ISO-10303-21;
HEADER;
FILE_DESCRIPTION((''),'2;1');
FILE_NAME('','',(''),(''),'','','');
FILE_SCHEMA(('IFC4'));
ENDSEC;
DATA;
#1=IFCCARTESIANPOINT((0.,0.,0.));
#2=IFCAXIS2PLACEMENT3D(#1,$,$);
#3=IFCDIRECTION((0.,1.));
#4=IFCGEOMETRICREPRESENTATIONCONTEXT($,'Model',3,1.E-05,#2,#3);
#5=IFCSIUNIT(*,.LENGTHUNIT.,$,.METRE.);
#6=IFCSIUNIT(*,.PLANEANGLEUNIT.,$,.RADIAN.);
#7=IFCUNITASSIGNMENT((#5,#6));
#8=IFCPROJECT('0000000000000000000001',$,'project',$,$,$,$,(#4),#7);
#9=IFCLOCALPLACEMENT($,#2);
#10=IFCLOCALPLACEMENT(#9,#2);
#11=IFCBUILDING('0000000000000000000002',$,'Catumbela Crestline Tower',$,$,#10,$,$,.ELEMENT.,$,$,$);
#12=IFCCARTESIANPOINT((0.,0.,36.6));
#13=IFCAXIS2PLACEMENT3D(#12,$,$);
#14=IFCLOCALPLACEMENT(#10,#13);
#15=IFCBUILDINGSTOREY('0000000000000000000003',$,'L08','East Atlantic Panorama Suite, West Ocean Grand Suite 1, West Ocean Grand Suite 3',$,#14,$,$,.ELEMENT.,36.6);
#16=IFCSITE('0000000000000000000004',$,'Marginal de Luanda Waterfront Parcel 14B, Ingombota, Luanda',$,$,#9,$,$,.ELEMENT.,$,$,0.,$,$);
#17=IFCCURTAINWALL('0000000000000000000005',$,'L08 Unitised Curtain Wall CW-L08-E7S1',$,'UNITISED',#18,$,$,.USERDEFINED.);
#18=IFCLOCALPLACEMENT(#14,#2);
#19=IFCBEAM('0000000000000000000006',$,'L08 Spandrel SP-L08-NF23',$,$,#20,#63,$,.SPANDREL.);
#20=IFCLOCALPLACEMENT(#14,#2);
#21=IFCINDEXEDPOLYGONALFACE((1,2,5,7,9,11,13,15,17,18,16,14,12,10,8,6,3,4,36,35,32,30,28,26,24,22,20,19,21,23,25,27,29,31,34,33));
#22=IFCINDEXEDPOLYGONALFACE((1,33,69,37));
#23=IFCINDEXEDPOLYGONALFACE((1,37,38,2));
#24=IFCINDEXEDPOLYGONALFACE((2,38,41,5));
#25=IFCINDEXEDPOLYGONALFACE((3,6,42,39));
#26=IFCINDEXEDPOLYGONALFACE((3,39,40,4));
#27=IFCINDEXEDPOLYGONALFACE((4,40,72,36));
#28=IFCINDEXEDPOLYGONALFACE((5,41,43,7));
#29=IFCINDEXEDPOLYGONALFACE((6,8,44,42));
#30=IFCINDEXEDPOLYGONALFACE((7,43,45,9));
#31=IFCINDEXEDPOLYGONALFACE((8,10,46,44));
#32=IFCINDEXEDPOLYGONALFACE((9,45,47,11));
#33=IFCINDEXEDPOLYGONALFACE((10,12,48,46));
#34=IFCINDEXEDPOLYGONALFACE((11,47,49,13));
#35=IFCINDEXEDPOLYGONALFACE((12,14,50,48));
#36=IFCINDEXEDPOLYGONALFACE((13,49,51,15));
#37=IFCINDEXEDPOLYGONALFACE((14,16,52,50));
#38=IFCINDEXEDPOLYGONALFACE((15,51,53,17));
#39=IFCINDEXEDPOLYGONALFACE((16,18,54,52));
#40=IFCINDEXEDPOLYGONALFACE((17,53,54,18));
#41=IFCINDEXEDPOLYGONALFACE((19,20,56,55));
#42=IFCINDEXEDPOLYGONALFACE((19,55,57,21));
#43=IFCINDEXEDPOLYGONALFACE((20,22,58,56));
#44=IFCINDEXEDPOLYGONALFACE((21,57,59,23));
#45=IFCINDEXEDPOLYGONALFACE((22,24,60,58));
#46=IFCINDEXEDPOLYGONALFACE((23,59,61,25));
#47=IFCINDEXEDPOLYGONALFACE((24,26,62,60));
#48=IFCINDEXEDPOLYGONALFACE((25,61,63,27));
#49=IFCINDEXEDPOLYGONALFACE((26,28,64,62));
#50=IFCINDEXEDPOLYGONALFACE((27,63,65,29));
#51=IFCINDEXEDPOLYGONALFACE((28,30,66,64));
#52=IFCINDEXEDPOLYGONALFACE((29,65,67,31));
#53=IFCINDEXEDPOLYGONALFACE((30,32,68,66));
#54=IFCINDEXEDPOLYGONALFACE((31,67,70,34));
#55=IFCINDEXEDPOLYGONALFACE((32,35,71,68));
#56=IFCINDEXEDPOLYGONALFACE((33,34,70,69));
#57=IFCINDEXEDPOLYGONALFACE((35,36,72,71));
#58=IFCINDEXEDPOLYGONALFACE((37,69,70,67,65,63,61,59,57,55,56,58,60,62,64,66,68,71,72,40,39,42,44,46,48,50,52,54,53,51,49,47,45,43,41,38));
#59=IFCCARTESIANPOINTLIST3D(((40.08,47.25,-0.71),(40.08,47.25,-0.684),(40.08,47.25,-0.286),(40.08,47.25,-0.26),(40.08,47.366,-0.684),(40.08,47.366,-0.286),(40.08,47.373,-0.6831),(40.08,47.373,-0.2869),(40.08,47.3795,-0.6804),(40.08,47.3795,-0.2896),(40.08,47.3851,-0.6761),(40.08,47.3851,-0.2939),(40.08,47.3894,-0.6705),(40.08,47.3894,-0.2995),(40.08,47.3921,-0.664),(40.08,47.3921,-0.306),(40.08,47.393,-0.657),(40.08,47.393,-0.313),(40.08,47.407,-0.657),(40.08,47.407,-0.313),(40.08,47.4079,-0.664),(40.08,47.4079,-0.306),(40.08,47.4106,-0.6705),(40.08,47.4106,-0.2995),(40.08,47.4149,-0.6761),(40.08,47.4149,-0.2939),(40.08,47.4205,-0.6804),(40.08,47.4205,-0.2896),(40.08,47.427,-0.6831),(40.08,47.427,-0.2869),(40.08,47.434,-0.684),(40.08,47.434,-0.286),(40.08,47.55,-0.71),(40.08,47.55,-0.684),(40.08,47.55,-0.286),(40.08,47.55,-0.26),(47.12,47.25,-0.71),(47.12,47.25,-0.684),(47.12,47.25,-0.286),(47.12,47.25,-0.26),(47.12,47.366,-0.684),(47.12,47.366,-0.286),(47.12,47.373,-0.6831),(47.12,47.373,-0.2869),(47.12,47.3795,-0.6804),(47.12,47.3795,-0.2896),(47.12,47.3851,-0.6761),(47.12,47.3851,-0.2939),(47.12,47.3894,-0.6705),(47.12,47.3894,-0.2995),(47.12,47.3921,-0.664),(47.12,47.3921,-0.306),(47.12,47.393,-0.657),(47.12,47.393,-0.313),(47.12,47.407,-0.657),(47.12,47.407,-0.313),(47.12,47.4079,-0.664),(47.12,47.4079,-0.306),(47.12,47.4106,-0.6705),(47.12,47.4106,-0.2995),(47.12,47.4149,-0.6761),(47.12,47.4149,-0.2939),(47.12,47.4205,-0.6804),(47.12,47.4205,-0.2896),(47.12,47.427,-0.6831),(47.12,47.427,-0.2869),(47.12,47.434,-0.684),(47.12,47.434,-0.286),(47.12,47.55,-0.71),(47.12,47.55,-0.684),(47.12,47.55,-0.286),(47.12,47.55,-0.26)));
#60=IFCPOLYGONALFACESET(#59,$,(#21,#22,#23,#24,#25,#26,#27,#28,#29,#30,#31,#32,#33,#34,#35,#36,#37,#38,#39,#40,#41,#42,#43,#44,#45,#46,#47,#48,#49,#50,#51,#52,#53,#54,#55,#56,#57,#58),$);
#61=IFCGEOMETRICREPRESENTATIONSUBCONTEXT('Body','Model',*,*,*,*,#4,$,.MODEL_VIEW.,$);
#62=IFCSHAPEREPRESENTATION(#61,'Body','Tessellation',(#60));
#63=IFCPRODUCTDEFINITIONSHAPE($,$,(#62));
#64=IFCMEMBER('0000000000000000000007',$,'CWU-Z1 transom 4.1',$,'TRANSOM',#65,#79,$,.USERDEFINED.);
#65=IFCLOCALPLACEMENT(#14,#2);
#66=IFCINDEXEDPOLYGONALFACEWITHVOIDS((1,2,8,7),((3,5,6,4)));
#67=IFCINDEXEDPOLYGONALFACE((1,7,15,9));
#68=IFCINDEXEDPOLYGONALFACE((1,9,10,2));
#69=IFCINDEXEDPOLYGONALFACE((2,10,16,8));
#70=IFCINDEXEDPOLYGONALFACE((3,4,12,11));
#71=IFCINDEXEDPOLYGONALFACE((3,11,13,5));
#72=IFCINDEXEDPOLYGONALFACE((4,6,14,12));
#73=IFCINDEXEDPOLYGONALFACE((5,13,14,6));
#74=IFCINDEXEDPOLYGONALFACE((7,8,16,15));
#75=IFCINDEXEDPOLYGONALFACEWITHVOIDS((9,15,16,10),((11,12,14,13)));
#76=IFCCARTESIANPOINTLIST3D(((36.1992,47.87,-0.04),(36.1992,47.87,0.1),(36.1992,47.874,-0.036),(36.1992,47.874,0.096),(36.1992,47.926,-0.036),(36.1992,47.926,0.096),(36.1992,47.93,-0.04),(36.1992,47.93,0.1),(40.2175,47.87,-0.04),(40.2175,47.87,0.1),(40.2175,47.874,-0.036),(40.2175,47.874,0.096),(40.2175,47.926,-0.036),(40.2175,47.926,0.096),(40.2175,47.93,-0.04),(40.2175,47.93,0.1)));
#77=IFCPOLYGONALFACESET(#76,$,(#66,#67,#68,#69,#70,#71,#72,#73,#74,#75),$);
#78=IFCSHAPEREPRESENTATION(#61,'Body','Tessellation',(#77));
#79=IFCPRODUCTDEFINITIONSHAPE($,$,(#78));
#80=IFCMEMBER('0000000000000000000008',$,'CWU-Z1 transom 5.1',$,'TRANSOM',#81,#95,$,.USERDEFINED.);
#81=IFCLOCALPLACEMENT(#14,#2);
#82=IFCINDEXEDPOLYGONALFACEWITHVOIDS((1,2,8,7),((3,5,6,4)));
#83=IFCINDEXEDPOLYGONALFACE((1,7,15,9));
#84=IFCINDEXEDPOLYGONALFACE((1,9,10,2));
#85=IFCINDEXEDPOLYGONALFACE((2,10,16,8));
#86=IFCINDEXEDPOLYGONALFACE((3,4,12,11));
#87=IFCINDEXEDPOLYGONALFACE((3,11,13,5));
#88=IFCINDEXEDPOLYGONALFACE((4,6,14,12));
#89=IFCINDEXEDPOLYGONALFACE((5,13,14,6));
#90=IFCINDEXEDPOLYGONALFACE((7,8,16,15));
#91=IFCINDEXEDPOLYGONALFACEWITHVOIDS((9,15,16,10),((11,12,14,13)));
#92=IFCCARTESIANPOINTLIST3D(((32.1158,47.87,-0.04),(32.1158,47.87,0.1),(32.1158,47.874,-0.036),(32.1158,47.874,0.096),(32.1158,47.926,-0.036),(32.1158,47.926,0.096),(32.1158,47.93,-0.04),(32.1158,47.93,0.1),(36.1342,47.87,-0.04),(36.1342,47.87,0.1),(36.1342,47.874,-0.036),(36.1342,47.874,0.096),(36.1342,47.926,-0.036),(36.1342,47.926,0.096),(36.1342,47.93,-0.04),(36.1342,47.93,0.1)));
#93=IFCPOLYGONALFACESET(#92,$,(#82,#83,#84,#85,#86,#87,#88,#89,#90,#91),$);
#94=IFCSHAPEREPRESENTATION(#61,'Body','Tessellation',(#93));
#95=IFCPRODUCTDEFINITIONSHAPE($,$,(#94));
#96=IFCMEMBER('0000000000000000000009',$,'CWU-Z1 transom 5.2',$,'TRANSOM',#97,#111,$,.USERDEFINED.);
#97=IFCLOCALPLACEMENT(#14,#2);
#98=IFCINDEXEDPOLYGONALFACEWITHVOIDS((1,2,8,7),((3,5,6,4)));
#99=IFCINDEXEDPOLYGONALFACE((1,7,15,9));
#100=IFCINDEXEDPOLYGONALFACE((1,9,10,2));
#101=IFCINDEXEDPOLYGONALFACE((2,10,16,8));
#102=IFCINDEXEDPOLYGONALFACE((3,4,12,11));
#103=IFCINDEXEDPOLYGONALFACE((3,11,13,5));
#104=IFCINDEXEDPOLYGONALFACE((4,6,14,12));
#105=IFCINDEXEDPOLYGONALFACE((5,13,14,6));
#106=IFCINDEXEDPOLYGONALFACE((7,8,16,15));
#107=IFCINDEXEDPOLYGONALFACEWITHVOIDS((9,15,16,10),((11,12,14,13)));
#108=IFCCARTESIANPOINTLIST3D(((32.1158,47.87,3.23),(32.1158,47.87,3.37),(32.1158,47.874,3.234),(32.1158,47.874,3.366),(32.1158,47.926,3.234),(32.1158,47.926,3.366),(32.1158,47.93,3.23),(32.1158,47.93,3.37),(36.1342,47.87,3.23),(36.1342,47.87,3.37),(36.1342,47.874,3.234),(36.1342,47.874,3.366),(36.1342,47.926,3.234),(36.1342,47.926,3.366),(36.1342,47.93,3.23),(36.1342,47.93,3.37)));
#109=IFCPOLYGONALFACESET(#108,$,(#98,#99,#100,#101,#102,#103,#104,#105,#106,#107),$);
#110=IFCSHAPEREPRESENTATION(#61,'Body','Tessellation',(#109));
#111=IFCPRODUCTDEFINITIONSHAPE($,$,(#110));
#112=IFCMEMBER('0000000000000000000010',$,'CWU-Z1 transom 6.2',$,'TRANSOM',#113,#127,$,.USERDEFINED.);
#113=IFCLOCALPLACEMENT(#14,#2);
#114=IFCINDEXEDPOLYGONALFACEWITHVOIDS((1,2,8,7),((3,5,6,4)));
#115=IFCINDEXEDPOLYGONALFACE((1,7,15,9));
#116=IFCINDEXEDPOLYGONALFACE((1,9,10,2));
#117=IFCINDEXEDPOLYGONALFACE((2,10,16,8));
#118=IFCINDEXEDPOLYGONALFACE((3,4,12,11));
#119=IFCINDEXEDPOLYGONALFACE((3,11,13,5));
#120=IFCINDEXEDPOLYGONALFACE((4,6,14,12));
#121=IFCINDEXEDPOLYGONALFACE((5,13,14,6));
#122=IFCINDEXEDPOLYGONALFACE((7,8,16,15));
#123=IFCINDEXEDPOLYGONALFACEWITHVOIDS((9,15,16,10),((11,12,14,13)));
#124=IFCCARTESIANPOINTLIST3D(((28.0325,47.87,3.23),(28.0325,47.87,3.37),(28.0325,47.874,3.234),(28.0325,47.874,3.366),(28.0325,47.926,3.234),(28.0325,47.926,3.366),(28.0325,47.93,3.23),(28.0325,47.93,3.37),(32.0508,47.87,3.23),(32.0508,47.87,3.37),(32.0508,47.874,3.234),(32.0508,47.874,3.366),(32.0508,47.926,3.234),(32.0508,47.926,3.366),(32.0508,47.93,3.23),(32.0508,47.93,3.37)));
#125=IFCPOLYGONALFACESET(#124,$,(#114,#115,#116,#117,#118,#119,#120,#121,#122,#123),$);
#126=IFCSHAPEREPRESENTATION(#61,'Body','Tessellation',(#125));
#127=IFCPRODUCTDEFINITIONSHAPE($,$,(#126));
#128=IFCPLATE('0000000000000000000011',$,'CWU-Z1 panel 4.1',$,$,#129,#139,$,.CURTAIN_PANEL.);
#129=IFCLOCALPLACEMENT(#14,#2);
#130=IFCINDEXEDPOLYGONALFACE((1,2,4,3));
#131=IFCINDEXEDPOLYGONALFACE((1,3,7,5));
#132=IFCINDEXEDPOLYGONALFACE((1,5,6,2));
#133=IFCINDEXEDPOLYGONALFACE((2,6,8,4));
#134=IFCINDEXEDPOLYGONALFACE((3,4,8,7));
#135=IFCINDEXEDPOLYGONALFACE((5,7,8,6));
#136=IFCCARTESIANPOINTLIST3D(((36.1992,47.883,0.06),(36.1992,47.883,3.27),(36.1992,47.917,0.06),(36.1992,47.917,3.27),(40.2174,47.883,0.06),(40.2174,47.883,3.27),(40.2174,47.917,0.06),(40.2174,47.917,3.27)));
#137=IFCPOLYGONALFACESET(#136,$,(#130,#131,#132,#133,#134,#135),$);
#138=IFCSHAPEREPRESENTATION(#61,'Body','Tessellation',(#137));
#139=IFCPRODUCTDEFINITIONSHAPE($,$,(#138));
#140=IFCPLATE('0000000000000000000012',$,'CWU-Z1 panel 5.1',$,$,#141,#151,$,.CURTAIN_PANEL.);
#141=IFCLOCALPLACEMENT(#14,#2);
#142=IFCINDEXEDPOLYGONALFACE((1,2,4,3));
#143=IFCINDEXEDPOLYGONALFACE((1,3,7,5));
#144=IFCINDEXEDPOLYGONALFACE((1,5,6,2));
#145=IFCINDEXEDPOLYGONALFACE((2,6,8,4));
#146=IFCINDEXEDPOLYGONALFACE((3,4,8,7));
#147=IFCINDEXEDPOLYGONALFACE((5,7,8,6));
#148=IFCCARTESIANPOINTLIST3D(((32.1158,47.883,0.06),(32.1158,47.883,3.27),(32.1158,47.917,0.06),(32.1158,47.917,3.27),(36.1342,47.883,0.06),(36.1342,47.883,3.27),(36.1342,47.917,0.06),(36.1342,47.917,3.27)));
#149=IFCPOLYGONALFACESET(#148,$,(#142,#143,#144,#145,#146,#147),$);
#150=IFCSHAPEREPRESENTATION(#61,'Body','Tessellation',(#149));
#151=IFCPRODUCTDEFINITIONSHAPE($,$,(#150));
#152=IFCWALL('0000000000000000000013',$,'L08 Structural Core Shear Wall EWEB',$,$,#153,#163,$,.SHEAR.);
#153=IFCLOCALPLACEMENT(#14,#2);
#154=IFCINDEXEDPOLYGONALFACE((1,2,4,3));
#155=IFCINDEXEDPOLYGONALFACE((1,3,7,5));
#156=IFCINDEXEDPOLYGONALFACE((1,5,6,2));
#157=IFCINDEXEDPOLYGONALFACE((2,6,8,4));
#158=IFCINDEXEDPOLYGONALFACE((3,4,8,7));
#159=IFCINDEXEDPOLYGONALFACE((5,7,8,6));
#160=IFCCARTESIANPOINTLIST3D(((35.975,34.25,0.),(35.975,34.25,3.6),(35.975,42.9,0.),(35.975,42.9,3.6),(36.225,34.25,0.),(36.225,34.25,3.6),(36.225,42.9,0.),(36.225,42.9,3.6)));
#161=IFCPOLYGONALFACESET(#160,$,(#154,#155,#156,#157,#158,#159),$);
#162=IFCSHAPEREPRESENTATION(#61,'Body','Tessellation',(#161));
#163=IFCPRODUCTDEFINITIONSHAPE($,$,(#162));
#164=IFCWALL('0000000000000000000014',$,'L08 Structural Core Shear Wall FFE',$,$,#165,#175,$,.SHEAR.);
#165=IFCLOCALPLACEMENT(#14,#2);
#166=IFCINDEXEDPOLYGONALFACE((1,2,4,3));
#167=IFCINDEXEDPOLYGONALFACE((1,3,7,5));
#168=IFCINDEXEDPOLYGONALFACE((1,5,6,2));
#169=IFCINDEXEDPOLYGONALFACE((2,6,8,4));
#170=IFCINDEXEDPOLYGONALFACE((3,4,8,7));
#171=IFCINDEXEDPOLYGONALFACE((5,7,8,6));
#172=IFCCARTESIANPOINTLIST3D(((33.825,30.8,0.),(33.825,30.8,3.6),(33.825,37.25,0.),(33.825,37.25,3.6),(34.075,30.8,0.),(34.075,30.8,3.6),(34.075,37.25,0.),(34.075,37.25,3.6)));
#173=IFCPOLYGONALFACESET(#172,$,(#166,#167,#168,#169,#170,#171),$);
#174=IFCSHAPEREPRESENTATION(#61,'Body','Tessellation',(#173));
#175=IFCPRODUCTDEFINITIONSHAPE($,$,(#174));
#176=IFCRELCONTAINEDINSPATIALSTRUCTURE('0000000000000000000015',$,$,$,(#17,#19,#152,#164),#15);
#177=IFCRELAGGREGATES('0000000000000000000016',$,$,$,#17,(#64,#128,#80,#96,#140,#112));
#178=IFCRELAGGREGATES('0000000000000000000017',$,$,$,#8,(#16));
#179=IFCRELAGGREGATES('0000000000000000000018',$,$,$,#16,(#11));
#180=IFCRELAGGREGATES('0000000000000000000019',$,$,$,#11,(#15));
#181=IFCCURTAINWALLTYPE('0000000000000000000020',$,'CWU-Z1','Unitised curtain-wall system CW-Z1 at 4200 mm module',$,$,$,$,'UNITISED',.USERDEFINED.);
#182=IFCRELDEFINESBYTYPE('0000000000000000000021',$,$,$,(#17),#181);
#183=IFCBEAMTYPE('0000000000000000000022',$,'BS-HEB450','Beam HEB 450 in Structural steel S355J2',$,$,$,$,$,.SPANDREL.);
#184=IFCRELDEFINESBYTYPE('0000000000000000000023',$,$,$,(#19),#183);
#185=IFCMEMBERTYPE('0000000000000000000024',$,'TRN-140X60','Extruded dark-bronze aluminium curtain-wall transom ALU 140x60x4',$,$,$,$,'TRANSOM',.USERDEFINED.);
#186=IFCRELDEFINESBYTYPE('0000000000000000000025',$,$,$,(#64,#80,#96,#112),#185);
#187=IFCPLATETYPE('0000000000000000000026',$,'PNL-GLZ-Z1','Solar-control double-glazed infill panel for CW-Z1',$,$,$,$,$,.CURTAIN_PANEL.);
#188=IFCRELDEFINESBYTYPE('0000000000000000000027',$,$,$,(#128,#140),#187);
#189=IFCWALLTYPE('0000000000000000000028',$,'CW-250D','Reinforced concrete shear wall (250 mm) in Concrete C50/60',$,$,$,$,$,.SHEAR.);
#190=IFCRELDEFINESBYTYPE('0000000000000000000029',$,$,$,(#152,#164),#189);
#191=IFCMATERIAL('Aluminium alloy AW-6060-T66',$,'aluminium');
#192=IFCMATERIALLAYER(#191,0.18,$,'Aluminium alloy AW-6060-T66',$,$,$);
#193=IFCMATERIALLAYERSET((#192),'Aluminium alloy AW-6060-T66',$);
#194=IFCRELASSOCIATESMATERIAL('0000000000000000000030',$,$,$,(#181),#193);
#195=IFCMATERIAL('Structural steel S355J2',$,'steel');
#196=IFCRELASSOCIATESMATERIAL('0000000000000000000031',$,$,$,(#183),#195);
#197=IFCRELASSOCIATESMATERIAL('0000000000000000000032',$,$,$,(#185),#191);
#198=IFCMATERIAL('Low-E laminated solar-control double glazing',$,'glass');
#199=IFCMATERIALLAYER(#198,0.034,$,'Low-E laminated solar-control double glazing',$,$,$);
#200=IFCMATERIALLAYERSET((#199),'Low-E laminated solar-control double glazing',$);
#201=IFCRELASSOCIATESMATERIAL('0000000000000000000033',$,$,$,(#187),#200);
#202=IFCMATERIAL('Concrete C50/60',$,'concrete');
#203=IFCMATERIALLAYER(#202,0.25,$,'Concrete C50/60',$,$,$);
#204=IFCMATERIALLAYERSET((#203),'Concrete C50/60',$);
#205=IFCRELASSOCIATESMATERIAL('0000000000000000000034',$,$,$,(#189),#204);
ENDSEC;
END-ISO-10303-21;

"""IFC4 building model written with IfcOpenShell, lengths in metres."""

from ifc_helpers import new_model, si_unit, direction, frame, frame_2d, origin, origin_2d, place, context, subcontext, project, spatial, rectangle, hollow_rectangle, i_section, extrude, material, layer, layer_set, material_profile, profile_set, type_object, element, aggregate, save


model = new_model("IFC4")

# Units and contexts
model_context = context("Model", 3, precision=1e-05, world=origin(), true_north=direction((0.0, 1.0)))
body_context = subcontext(model_context, "Body", "Model", "MODEL_VIEW")
ifc_project = project(units=[si_unit("LENGTHUNIT", "METRE"), si_unit("PLANEANGLEUNIT", "RADIAN")], contexts=[model_context])

# Site, building, storey
site_placement = place(None, origin())
site = spatial("IfcSite", under=ifc_project, at=site_placement, Name="Marginal de Luanda Waterfront Parcel 14B, Ingombota, Luanda", CompositionType="ELEMENT", RefElevation=0.0)
building_placement = place(site_placement, origin())
building = spatial("IfcBuilding", under=site, at=building_placement, Name="Catumbela Crestline Tower", CompositionType="ELEMENT")
storey_placement = place(building_placement, frame((0.0, 0.0, 36.6)))
storey = spatial("IfcBuildingStorey", under=building, at=storey_placement, Name="L08", Description="East Atlantic Panorama Suite, West Ocean Grand Suite 1, West Ocean Grand Suite 3", CompositionType="ELEMENT", Elevation=36.6)

# Shared definitions
ifc_material_1 = material(Name="Structural steel S355J2", Category="steel")

# Curtain wall
ifc_material_2 = material(Name="Aluminium alloy AW-6060-T66", Category="aluminium")
ifc_layer_1 = layer(ifc_material_2, 0.18, Name="Aluminium alloy AW-6060-T66")
ifc_layer_set_1 = layer_set([ifc_layer_1], Name="Aluminium alloy AW-6060-T66")
curtain_wall_type = type_object("IfcCurtainWallType", Name="CWU-Z1", Description="Unitised curtain-wall system CW-Z1 at 4200 mm module", ElementType="UNITISED", PredefinedType="USERDEFINED", material=ifc_layer_set_1)
curtain_wall_placement = place(storey_placement, origin())
curtain_wall = element("IfcCurtainWall", 1, at=curtain_wall_placement, inside=storey, type_object=curtain_wall_type, Name="L08 Unitised Curtain Wall CW-L08-E7S1", ObjectType="UNITISED", PredefinedType="USERDEFINED")

# Beam
ifc_material_profile_1 = material_profile(ifc_material_1, i_section(OverallWidth=0.3, OverallDepth=0.45, WebThickness=0.014, FlangeThickness=0.026, FilletRadius=0.027, at=origin_2d()), Name="HEB 450")
ifc_profile_set_1 = profile_set([ifc_material_profile_1], Name="Structural steel S355J2")
beam_type_1 = type_object("IfcBeamType", Name="BS-HEB450", Description="Beam HEB 450 in Structural steel S355J2", PredefinedType="SPANDREL", material=ifc_profile_set_1)
beam_1_placement = place(storey_placement, frame((40.08, 47.4, -0.485), z_axis=(1.0, 0.0, 0.0), x_axis=(0.0, 1.0, 0.0)))
element("IfcBeam", 2, at=beam_1_placement, inside=storey, type_object=beam_type_1, Name="L08 Spandrel SP-L08-NF23", PredefinedType="SPANDREL", context=body_context, shape_type="SweptSolid", body=[
    extrude(i_section(OverallWidth=0.3, OverallDepth=0.45, WebThickness=0.014, FlangeThickness=0.026, FilletRadius=0.027, at=origin_2d()), origin(), (0.0, 0.0, 1.0), 7.04),
])

# Members
ifc_material_profile_2 = material_profile(ifc_material_2, hollow_rectangle(XDim=0.06, YDim=0.14, WallThickness=0.004, at=origin_2d()), Name="ALU 140x60x4")
ifc_profile_set_2 = profile_set([ifc_material_profile_2], Name="Aluminium alloy AW-6060-T66")
member_type_1 = type_object("IfcMemberType", Name="TRN-140X60", Description="Extruded dark-bronze aluminium curtain-wall transom ALU 140x60x4", ElementType="TRANSOM", PredefinedType="USERDEFINED", material=ifc_profile_set_2)
member_1_placement = place(storey_placement, frame((40.2175, 47.9, 0.03), z_axis=(-1.0, 0.0, 0.0), x_axis=(0.0, -1.0, 0.0)))
member_1 = element("IfcMember", 3, at=member_1_placement, type_object=member_type_1, Name="CWU-Z1 transom 4.1", ObjectType="TRANSOM", PredefinedType="USERDEFINED", context=body_context, shape_type="SweptSolid", body=[
    extrude(hollow_rectangle(XDim=0.06, YDim=0.14, WallThickness=0.004, at=origin_2d()), origin(), (0.0, 0.0, 1.0), 4.0183),
])
member_2_placement = place(storey_placement, frame((36.1342, 47.9, 0.03), z_axis=(-1.0, 0.0, 0.0), x_axis=(0.0, -1.0, 0.0)))
member_2 = element("IfcMember", 4, at=member_2_placement, type_object=member_type_1, Name="CWU-Z1 transom 5.1", ObjectType="TRANSOM", PredefinedType="USERDEFINED", context=body_context, shape_type="SweptSolid", body=[
    extrude(hollow_rectangle(XDim=0.06, YDim=0.14, WallThickness=0.004, at=origin_2d()), origin(), (0.0, 0.0, 1.0), 4.0184),
])
member_3_placement = place(storey_placement, frame((36.1342, 47.9, 3.3), z_axis=(-1.0, 0.0, 0.0), x_axis=(0.0, -1.0, 0.0)))
member_3 = element("IfcMember", 5, at=member_3_placement, type_object=member_type_1, Name="CWU-Z1 transom 5.2", ObjectType="TRANSOM", PredefinedType="USERDEFINED", context=body_context, shape_type="SweptSolid", body=[
    extrude(hollow_rectangle(XDim=0.06, YDim=0.14, WallThickness=0.004, at=origin_2d()), origin(), (0.0, 0.0, 1.0), 4.0184),
])
member_4_placement = place(storey_placement, frame((32.0508, 47.9, 3.3), z_axis=(-1.0, 0.0, 0.0), x_axis=(0.0, -1.0, 0.0)))
member_4 = element("IfcMember", 6, at=member_4_placement, type_object=member_type_1, Name="CWU-Z1 transom 6.2", ObjectType="TRANSOM", PredefinedType="USERDEFINED", context=body_context, shape_type="SweptSolid", body=[
    extrude(hollow_rectangle(XDim=0.06, YDim=0.14, WallThickness=0.004, at=origin_2d()), origin(), (0.0, 0.0, 1.0), 4.0183),
])

# Plates
ifc_material_3 = material(Name="Low-E laminated solar-control double glazing", Category="glass")
ifc_layer_2 = layer(ifc_material_3, 0.034, Name="Low-E laminated solar-control double glazing")
ifc_layer_set_2 = layer_set([ifc_layer_2], Name="Low-E laminated solar-control double glazing")
plate_type = type_object("IfcPlateType", Name="PNL-GLZ-Z1", Description="Solar-control double-glazed infill panel for CW-Z1", PredefinedType="CURTAIN_PANEL", material=ifc_layer_set_2)
plate_1_placement = place(storey_placement, frame((38.2083, 47.9, 0.06), z_axis=(0.0, 0.0, 1.0), x_axis=(-1.0, 0.0, 0.0)))
plate_1 = element("IfcPlate", 7, at=plate_1_placement, type_object=plate_type, Name="CWU-Z1 panel 4.1", PredefinedType="CURTAIN_PANEL", context=body_context, shape_type="SweptSolid", body=[
    extrude(rectangle(XDim=4.0183, YDim=0.034, at=origin_2d()), origin(), (0.0, 0.0, 1.0), 3.21),
])
plate_2_placement = place(storey_placement, frame((34.125, 47.9, 0.06), z_axis=(0.0, 0.0, 1.0), x_axis=(-1.0, 0.0, 0.0)))
plate_2 = element("IfcPlate", 8, at=plate_2_placement, type_object=plate_type, Name="CWU-Z1 panel 5.1", PredefinedType="CURTAIN_PANEL", context=body_context, shape_type="SweptSolid", body=[
    extrude(rectangle(XDim=4.0183, YDim=0.034, at=origin_2d()), origin(), (0.0, 0.0, 1.0), 3.21),
])
aggregate(curtain_wall, [member_1, plate_1, member_2, member_3, plate_2, member_4])

# Walls
ifc_material_4 = material(Name="Concrete C50/60", Category="concrete")
ifc_layer_3 = layer(ifc_material_4, 0.25, Name="Concrete C50/60")
ifc_layer_set_3 = layer_set([ifc_layer_3], Name="Concrete C50/60")
wall_type_1 = type_object("IfcWallType", Name="CW-250D", Description="Reinforced concrete shear wall (250 mm) in Concrete C50/60", PredefinedType="SHEAR", material=ifc_layer_set_3)
wall_1_placement = place(storey_placement, frame((36.1, 34.25, 0.0), z_axis=(0.0, 0.0, 1.0), x_axis=(0.0, 1.0, 0.0)))
element("IfcWall", 9, at=wall_1_placement, inside=storey, type_object=wall_type_1, Name="L08 Structural Core Shear Wall EWEB", PredefinedType="SHEAR", context=body_context, shape_type="SweptSolid", body=[
    extrude(rectangle(XDim=8.65, YDim=0.25, at=frame_2d((4.325, 0.0))), origin(), (0.0, 0.0, 1.0), 3.6),
])
wall_2_placement = place(storey_placement, frame((33.95, 30.8, 0.0), z_axis=(0.0, 0.0, 1.0), x_axis=(0.0, 1.0, 0.0)))
element("IfcWall", 10, at=wall_2_placement, inside=storey, type_object=wall_type_1, Name="L08 Structural Core Shear Wall FFE", PredefinedType="SHEAR", context=body_context, shape_type="SweptSolid", body=[
    extrude(rectangle(XDim=6.45, YDim=0.25, at=frame_2d((3.225, 0.0))), origin(), (0.0, 0.0, 1.0), 3.6),
])

save(model, "model.ifc")
